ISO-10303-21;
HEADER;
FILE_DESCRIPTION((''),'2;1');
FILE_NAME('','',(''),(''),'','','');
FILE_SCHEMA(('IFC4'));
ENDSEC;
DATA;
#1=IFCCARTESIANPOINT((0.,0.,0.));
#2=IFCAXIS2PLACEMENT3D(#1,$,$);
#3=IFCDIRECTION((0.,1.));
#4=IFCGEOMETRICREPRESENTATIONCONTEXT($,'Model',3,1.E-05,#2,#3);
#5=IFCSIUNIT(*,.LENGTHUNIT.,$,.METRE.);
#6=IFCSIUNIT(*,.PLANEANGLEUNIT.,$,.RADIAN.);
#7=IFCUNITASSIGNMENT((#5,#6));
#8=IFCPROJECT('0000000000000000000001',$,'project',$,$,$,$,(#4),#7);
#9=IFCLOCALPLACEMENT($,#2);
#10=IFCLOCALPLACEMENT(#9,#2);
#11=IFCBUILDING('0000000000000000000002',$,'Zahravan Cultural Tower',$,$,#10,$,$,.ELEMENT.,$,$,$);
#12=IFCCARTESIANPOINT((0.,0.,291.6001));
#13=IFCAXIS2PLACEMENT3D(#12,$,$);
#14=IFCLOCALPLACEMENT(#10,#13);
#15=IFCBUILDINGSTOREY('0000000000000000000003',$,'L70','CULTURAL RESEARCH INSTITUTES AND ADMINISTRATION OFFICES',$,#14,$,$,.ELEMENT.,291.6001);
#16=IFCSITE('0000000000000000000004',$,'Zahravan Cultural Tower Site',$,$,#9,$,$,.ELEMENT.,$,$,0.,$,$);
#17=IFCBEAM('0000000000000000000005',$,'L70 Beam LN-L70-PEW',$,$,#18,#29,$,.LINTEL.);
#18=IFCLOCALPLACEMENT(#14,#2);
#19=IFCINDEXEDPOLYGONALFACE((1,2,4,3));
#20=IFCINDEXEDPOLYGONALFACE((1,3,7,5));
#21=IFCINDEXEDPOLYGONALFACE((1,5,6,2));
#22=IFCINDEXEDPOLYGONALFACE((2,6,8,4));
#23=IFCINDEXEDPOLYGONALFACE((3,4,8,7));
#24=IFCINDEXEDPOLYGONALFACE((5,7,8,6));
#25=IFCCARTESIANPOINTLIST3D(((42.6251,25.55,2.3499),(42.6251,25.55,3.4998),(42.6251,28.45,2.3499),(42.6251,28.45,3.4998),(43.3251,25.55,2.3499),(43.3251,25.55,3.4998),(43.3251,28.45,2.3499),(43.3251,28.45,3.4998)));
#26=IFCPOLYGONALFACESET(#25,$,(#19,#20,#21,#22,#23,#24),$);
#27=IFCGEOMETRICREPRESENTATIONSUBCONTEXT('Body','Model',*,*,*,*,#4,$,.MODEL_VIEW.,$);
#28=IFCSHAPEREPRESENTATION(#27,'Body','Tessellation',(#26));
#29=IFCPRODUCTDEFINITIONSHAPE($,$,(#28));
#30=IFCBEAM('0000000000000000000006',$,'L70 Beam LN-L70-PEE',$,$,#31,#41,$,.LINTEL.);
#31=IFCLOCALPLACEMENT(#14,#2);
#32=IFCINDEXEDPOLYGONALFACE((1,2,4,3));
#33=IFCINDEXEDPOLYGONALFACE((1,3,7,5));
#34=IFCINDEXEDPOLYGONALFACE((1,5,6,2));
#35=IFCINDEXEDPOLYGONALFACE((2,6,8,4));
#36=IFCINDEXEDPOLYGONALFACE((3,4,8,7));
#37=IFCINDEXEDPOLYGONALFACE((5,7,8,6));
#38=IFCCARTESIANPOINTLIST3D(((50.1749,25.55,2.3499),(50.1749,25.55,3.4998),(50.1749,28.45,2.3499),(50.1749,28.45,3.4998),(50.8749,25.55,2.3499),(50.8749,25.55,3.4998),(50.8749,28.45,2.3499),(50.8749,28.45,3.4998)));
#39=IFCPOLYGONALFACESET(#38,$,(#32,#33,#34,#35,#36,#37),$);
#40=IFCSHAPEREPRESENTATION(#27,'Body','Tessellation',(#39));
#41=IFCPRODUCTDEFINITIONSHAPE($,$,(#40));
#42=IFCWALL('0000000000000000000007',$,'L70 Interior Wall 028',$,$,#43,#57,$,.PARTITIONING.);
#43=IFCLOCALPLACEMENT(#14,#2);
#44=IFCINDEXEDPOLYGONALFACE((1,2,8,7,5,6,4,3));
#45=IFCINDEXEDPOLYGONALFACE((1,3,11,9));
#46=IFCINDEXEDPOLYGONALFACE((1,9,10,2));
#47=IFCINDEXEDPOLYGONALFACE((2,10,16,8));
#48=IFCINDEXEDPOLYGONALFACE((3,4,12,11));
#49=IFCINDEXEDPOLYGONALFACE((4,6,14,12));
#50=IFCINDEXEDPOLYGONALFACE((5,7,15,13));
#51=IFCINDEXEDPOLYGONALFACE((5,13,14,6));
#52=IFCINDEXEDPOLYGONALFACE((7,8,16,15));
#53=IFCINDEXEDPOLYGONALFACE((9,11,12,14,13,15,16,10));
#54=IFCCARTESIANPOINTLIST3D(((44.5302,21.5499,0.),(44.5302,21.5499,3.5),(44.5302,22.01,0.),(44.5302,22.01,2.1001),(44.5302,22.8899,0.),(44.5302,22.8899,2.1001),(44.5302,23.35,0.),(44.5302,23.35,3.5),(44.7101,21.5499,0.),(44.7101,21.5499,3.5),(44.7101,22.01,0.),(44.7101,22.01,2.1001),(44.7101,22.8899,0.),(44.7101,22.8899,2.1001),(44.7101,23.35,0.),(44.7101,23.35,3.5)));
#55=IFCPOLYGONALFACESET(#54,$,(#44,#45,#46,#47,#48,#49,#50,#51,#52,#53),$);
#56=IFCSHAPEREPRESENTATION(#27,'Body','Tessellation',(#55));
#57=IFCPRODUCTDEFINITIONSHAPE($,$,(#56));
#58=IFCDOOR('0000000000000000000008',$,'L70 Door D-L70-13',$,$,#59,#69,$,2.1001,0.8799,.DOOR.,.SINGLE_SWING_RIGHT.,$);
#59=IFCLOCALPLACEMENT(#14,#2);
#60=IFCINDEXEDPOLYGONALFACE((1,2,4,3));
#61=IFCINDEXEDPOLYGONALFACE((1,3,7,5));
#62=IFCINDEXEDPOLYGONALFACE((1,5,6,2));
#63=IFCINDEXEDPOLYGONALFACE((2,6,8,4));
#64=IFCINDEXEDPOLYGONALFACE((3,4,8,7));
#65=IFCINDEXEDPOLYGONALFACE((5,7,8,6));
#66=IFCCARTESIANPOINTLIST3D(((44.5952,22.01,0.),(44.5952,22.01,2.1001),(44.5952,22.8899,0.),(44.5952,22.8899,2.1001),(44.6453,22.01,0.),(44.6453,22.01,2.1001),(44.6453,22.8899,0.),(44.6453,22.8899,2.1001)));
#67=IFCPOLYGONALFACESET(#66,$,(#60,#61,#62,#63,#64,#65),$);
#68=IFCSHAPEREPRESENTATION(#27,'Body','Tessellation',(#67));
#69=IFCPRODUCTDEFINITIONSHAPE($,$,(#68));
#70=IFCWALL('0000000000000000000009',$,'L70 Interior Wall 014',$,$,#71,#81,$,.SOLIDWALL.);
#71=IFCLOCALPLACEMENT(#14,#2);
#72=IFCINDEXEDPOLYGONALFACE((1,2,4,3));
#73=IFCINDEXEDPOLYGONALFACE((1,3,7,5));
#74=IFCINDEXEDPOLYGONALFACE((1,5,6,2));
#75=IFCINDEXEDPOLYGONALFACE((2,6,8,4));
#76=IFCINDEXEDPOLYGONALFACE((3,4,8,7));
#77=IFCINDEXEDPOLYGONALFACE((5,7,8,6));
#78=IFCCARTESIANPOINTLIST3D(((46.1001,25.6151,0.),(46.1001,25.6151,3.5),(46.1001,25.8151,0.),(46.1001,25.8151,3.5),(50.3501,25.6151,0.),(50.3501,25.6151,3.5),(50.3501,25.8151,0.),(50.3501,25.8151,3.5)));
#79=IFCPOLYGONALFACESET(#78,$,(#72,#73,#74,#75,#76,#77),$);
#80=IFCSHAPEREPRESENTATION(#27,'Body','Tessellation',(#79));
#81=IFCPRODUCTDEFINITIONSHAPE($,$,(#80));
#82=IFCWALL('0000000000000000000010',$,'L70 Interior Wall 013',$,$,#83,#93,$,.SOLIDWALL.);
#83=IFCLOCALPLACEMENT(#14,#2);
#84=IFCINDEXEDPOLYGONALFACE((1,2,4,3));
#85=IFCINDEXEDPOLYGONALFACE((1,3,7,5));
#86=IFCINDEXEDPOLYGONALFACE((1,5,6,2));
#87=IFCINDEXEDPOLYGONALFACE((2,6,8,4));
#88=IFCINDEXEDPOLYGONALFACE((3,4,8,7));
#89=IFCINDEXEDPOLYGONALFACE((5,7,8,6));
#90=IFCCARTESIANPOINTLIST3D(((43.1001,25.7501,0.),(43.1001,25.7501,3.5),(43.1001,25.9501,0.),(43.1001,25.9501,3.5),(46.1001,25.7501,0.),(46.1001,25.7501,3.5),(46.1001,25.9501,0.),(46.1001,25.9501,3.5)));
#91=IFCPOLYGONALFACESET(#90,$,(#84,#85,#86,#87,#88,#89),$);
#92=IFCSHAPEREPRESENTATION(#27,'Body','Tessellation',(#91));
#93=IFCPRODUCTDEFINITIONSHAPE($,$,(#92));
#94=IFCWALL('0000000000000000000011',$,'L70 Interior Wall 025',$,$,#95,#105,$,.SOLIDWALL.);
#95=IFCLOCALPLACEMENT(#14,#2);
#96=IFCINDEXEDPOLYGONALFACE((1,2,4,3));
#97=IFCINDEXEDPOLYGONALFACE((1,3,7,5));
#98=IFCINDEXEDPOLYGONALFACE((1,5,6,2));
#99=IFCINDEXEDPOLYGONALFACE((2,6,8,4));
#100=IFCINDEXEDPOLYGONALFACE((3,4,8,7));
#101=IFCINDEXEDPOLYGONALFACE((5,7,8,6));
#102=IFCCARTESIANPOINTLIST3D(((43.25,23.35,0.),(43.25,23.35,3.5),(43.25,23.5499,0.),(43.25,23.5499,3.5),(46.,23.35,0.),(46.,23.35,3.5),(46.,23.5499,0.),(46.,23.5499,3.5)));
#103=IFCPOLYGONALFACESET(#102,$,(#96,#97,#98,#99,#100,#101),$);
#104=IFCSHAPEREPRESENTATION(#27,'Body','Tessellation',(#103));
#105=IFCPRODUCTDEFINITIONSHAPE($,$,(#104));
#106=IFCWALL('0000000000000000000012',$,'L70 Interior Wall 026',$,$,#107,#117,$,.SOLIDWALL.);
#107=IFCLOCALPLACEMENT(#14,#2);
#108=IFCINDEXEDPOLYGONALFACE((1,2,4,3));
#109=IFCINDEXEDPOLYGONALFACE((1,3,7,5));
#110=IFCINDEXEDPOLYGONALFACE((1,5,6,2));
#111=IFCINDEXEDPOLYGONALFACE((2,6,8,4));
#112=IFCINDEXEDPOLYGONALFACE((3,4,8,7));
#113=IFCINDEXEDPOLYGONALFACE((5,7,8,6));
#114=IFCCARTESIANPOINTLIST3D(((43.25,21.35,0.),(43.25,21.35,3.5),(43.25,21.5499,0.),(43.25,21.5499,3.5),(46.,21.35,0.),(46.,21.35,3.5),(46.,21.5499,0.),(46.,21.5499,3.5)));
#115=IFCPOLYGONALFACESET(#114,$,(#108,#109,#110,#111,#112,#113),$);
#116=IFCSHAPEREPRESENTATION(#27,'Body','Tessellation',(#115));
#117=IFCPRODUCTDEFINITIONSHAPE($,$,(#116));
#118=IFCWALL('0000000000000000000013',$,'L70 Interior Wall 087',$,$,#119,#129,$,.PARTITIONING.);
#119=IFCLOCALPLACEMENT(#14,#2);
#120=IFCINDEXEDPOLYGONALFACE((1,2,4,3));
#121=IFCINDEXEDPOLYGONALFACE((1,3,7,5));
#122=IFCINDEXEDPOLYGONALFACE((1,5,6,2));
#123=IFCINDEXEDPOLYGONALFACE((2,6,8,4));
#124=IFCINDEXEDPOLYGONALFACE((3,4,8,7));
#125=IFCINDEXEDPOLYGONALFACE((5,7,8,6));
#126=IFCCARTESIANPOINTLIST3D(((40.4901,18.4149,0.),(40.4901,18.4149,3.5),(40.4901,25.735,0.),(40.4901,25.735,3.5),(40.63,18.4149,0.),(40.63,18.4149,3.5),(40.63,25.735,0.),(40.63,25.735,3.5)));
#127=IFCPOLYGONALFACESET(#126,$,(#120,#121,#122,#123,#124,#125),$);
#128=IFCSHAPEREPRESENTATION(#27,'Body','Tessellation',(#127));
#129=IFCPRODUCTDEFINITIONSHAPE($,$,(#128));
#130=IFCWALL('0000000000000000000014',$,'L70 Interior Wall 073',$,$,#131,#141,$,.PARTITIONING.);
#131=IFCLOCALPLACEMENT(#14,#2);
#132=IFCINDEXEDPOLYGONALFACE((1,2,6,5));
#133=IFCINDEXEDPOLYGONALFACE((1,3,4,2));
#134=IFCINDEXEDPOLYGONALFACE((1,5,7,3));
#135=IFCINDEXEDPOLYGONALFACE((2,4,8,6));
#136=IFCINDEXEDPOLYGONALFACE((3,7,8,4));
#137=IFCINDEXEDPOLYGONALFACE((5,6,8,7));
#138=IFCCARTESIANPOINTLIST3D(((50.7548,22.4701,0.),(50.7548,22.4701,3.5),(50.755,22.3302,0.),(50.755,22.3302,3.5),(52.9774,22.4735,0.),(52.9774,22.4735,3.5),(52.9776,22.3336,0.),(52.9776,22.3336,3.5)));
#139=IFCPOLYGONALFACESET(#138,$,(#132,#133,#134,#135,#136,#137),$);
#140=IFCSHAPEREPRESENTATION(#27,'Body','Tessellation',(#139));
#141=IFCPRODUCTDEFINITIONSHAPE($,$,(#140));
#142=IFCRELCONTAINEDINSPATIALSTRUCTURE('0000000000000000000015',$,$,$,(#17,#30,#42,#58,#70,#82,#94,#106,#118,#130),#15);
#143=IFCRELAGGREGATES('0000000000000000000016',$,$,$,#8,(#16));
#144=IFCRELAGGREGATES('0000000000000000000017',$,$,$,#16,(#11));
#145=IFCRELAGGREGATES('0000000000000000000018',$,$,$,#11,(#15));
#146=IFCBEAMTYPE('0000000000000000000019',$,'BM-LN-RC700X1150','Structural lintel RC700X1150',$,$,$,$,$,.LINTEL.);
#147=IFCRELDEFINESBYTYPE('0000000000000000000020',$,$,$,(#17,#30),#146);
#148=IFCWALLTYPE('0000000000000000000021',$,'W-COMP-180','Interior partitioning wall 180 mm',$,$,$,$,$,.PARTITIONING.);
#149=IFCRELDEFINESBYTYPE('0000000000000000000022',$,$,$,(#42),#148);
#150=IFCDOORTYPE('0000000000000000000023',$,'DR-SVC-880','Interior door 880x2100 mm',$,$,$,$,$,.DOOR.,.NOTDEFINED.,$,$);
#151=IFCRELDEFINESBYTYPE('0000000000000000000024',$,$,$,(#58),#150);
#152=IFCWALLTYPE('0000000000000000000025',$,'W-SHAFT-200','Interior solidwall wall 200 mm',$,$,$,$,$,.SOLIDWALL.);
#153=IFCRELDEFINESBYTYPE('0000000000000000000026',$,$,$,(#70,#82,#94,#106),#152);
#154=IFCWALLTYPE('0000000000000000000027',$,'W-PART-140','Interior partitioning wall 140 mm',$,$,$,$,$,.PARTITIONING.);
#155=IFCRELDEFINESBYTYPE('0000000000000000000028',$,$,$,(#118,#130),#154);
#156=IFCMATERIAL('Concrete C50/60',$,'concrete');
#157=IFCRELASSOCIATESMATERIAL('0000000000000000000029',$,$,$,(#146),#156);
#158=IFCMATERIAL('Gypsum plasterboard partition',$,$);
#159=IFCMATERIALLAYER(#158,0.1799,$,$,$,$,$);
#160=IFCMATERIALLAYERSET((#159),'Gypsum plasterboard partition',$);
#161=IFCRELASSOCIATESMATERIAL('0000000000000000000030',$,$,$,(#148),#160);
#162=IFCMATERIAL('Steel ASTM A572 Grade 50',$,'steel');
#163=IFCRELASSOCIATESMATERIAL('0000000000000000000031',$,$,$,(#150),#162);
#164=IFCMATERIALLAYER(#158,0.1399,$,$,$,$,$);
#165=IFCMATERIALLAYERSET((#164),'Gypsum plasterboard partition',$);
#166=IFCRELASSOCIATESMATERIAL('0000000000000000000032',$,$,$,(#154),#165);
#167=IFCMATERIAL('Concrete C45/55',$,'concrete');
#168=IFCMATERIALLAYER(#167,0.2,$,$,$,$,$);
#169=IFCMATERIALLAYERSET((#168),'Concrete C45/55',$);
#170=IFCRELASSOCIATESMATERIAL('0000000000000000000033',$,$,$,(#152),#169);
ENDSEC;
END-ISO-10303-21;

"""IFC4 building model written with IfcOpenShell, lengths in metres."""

from ifc_helpers import new_model, si_unit, direction, frame, frame_2d, origin, origin_2d, place, context, subcontext, project, spatial, rectangle, extrude, source, transform, mapped, material, layer, layer_set, material_profile, profile_set, type_object, element, fill, save


model = new_model("IFC4")

# Units and contexts
model_context = context("Model", 3, precision=1e-05, world=origin(), true_north=direction((0.0, 1.0)))
body_context = subcontext(model_context, "Body", "Model", "MODEL_VIEW")
ifc_project = project(units=[si_unit("LENGTHUNIT", "METRE"), si_unit("PLANEANGLEUNIT", "RADIAN")], contexts=[model_context])

# Site, building, storey
site_placement = place(None, origin())
site = spatial("IfcSite", under=ifc_project, at=site_placement, Name="Zahravan Cultural Tower Site", CompositionType="ELEMENT", RefElevation=0.0)
building_placement = place(site_placement, origin())
building = spatial("IfcBuilding", under=site, at=building_placement, Name="Zahravan Cultural Tower", CompositionType="ELEMENT")
storey_placement = place(building_placement, frame((0.0, 0.0, 291.6001)))
storey = spatial("IfcBuildingStorey", under=building, at=storey_placement, Name="L70", Description="CULTURAL RESEARCH INSTITUTES AND ADMINISTRATION OFFICES", CompositionType="ELEMENT", Elevation=291.6001)

# Beams
ifc_material_1 = material(Name="Concrete C50/60", Category="concrete")
ifc_material_profile = material_profile(ifc_material_1, rectangle(XDim=0.7, YDim=1.1499, at=origin_2d()), Name="RC700X1150")
ifc_profile_set = profile_set([ifc_material_profile], Name="Concrete C50/60")
beam_type = type_object("IfcBeamType", Name="BM-LN-RC700X1150", Description="Structural lintel RC700X1150", PredefinedType="LINTEL", material=ifc_profile_set)
shared_shape_1 = source(origin(), body_context, "Body", "SweptSolid", [
    extrude(rectangle(XDim=0.7, YDim=1.1499, at=origin_2d()), origin(), (0.0, 0.0, 1.0), 2.8999),
])
for number, where, z_axis, x_axis, name in (
    (1, (42.9751, 25.55, 2.9248), (0.0, 1.0, 0.0), (-1.0, 0.0, 0.0), "L70 Beam LN-L70-PEW"),
    (2, (50.5249, 25.55, 2.9248), (0.0, 1.0, 0.0), (-1.0, 0.0, 0.0), "L70 Beam LN-L70-PEE"),
):
    element("IfcBeam", number, at=place(storey_placement, frame(where, z_axis=z_axis, x_axis=x_axis)), inside=storey, type_object=beam_type, Name=name, PredefinedType="LINTEL", context=body_context, shape_type="MappedRepresentation", body=[
        mapped(shared_shape_1, transform((0.0, 0.0, 0.0), x_axis=(1.0, 0.0, 0.0), y_axis=(0.0, 1.0, 0.0), z_axis=(0.0, 0.0, 1.0), scale=1.0)),
    ])

# Wall, opening, door
ifc_material_2 = material(Name="Gypsum plasterboard partition")
ifc_layer_1 = layer(ifc_material_2, 0.1799)
ifc_layer_set_1 = layer_set([ifc_layer_1], Name="Gypsum plasterboard partition")
wall_type_1 = type_object("IfcWallType", Name="W-COMP-180", Description="Interior partitioning wall 180 mm", PredefinedType="PARTITIONING", material=ifc_layer_set_1)
wall_1_placement = place(storey_placement, frame((44.6201, 21.55, 0.0), z_axis=(0.0, 0.0, 1.0), x_axis=(0.0, 1.0, 0.0)))
wall_1 = element("IfcWall", 3, at=wall_1_placement, inside=storey, type_object=wall_type_1, Name="L70 Interior Wall 028", PredefinedType="PARTITIONING", context=body_context, shape_type="SweptSolid", body=[
    extrude(rectangle(XDim=1.8, YDim=0.1799, at=frame_2d((0.8999, 0.0))), origin(), (0.0, 0.0, 1.0), 3.5),
])
opening_1_placement = place(wall_1_placement, frame((0.46, 0.0, 0.0)))
opening_1 = element("IfcOpeningElement", 4, at=opening_1_placement, cuts=wall_1, PredefinedType="OPENING", context=body_context, shape_type="SweptSolid", body=[
    extrude(rectangle(XDim=0.8799, YDim=2.1001, at=frame_2d((0.4399, 1.05))), frame((0.0, 0.0999, 0.0), z_axis=(0.0, -1.0, 0.0), x_axis=(1.0, 0.0, 0.0)), (0.0, 0.0, 1.0), 0.2),
])
ifc_material_3 = material(Name="Steel ASTM A572 Grade 50", Category="steel")
door_type_1 = type_object("IfcDoorType", Name="DR-SVC-880", Description="Interior door 880x2100 mm", OperationType="NOTDEFINED", PredefinedType="DOOR", material=ifc_material_3)
shared_shape_2 = source(origin(), body_context, "Body", "SweptSolid", [
    extrude(rectangle(XDim=0.8799, YDim=2.1001, at=frame_2d((0.4399, 1.05))), frame((0.0, 0.0249, 0.0), z_axis=(0.0, -1.0, 0.0), x_axis=(1.0, 0.0, 0.0)), (0.0, 0.0, 1.0), 0.05),
])
door_1_placement = place(opening_1_placement, origin())
door_1 = element("IfcDoor", 5, at=door_1_placement, inside=storey, type_object=door_type_1, Name="L70 Door D-L70-13", OperationType="SINGLE_SWING_RIGHT", OverallHeight=2.1001, OverallWidth=0.8799, PredefinedType="DOOR", context=body_context, shape_type="MappedRepresentation", body=[
    mapped(shared_shape_2, transform((0.0, 0.0, 0.0), x_axis=(1.0, 0.0, 0.0), y_axis=(0.0, 1.0, 0.0), z_axis=(0.0, 0.0, 1.0), scale=1.0)),
])
fill(opening_1, door_1)
ifc_layer_2 = layer(ifc_material_2, 0.1399)
ifc_layer_set_2 = layer_set([ifc_layer_2], Name="Gypsum plasterboard partition")
wall_type_2 = type_object("IfcWallType", Name="W-PART-140", Description="Interior partitioning wall 140 mm", PredefinedType="PARTITIONING", material=ifc_layer_set_2)

# Walls
ifc_material_4 = material(Name="Concrete C45/55", Category="concrete")
ifc_layer_3 = layer(ifc_material_4, 0.2)
ifc_layer_set_3 = layer_set([ifc_layer_3], Name="Concrete C45/55")
wall_type_3 = type_object("IfcWallType", Name="W-SHAFT-200", Description="Interior solidwall wall 200 mm", PredefinedType="SOLIDWALL", material=ifc_layer_set_3)
shared_shape_3 = source(origin(), body_context, "Body", "SweptSolid", [
    extrude(rectangle(XDim=4.25, YDim=0.2, at=frame_2d((2.125, 0.0))), origin(), (0.0, 0.0, 1.0), 3.5),
])
wall_2_placement = place(storey_placement, frame((46.1001, 25.7151, 0.0), z_axis=(0.0, 0.0, 1.0), x_axis=(1.0, 0.0, 0.0)))
element("IfcWall", 6, at=wall_2_placement, inside=storey, type_object=wall_type_3, Name="L70 Interior Wall 014", PredefinedType="SOLIDWALL", context=body_context, shape_type="MappedRepresentation", body=[
    mapped(shared_shape_3, transform((0.0, 0.0, 0.0), x_axis=(1.0, 0.0, 0.0), y_axis=(0.0, 1.0, 0.0), z_axis=(0.0, 0.0, 1.0), scale=1.0)),
])
shared_shape_4 = source(origin(), body_context, "Body", "SweptSolid", [
    extrude(rectangle(XDim=3.0, YDim=0.2, at=frame_2d((1.5, 0.0))), origin(), (0.0, 0.0, 1.0), 3.5),
])
wall_3_placement = place(storey_placement, frame((43.1001, 25.8501, 0.0), z_axis=(0.0, 0.0, 1.0), x_axis=(1.0, 0.0, 0.0)))
element("IfcWall", 7, at=wall_3_placement, inside=storey, type_object=wall_type_3, Name="L70 Interior Wall 013", PredefinedType="SOLIDWALL", context=body_context, shape_type="MappedRepresentation", body=[
    mapped(shared_shape_4, transform((0.0, 0.0, 0.0), x_axis=(1.0, 0.0, 0.0), y_axis=(0.0, 1.0, 0.0), z_axis=(0.0, 0.0, 1.0), scale=1.0)),
])
shared_shape_5 = source(origin(), body_context, "Body", "SweptSolid", [
    extrude(rectangle(XDim=2.75, YDim=0.2, at=frame_2d((1.375, 0.0))), origin(), (0.0, 0.0, 1.0), 3.5),
])
for number, where, z_axis, x_axis, name in (
    (8, (43.25, 23.45, 0.0), (0.0, 0.0, 1.0), (1.0, 0.0, 0.0), "L70 Interior Wall 025"),
    (9, (43.25, 21.45, 0.0), (0.0, 0.0, 1.0), (1.0, 0.0, 0.0), "L70 Interior Wall 026"),
):
    element("IfcWall", number, at=place(storey_placement, frame(where, z_axis=z_axis, x_axis=x_axis)), inside=storey, type_object=wall_type_3, Name=name, PredefinedType="SOLIDWALL", context=body_context, shape_type="MappedRepresentation", body=[
        mapped(shared_shape_5, transform((0.0, 0.0, 0.0), x_axis=(1.0, 0.0, 0.0), y_axis=(0.0, 1.0, 0.0), z_axis=(0.0, 0.0, 1.0), scale=1.0)),
    ])
shared_shape_6 = source(origin(), body_context, "Body", "SweptSolid", [
    extrude(rectangle(XDim=7.3201, YDim=0.1399, at=frame_2d((3.6602, 0.0))), origin(), (0.0, 0.0, 1.0), 3.5),
])
wall_4_placement = place(storey_placement, frame((40.5601, 25.7351, 0.0), z_axis=(0.0, 0.0, 1.0), x_axis=(0.0, -1.0, 0.0)))
element("IfcWall", 10, at=wall_4_placement, inside=storey, type_object=wall_type_2, Name="L70 Interior Wall 087", PredefinedType="PARTITIONING", context=body_context, shape_type="MappedRepresentation", body=[
    mapped(shared_shape_6, transform((0.0, 0.0, 0.0), x_axis=(1.0, 0.0, 0.0), y_axis=(0.0, 1.0, 0.0), z_axis=(0.0, 0.0, 1.0), scale=1.0)),
])
shared_shape_7 = source(origin(), body_context, "Body", "SweptSolid", [
    extrude(rectangle(XDim=2.2227, YDim=0.1399, at=frame_2d((1.1113, 0.0))), origin(), (0.0, 0.0, 1.0), 3.5),
])
wall_5_placement = place(storey_placement, frame((50.7549, 22.4001, 0.0), z_axis=(0.0, 0.0, 1.0), x_axis=(0.999999, 0.001538, 0.0)))
element("IfcWall", 11, at=wall_5_placement, inside=storey, type_object=wall_type_2, Name="L70 Interior Wall 073", PredefinedType="PARTITIONING", context=body_context, shape_type="MappedRepresentation", body=[
    mapped(shared_shape_7, transform((0.0, 0.0, 0.0), x_axis=(1.0, 0.0, 0.0), y_axis=(0.0, 1.0, 0.0), z_axis=(0.0, 0.0, 1.0), scale=1.0)),
])

save(model, "model.ifc")
